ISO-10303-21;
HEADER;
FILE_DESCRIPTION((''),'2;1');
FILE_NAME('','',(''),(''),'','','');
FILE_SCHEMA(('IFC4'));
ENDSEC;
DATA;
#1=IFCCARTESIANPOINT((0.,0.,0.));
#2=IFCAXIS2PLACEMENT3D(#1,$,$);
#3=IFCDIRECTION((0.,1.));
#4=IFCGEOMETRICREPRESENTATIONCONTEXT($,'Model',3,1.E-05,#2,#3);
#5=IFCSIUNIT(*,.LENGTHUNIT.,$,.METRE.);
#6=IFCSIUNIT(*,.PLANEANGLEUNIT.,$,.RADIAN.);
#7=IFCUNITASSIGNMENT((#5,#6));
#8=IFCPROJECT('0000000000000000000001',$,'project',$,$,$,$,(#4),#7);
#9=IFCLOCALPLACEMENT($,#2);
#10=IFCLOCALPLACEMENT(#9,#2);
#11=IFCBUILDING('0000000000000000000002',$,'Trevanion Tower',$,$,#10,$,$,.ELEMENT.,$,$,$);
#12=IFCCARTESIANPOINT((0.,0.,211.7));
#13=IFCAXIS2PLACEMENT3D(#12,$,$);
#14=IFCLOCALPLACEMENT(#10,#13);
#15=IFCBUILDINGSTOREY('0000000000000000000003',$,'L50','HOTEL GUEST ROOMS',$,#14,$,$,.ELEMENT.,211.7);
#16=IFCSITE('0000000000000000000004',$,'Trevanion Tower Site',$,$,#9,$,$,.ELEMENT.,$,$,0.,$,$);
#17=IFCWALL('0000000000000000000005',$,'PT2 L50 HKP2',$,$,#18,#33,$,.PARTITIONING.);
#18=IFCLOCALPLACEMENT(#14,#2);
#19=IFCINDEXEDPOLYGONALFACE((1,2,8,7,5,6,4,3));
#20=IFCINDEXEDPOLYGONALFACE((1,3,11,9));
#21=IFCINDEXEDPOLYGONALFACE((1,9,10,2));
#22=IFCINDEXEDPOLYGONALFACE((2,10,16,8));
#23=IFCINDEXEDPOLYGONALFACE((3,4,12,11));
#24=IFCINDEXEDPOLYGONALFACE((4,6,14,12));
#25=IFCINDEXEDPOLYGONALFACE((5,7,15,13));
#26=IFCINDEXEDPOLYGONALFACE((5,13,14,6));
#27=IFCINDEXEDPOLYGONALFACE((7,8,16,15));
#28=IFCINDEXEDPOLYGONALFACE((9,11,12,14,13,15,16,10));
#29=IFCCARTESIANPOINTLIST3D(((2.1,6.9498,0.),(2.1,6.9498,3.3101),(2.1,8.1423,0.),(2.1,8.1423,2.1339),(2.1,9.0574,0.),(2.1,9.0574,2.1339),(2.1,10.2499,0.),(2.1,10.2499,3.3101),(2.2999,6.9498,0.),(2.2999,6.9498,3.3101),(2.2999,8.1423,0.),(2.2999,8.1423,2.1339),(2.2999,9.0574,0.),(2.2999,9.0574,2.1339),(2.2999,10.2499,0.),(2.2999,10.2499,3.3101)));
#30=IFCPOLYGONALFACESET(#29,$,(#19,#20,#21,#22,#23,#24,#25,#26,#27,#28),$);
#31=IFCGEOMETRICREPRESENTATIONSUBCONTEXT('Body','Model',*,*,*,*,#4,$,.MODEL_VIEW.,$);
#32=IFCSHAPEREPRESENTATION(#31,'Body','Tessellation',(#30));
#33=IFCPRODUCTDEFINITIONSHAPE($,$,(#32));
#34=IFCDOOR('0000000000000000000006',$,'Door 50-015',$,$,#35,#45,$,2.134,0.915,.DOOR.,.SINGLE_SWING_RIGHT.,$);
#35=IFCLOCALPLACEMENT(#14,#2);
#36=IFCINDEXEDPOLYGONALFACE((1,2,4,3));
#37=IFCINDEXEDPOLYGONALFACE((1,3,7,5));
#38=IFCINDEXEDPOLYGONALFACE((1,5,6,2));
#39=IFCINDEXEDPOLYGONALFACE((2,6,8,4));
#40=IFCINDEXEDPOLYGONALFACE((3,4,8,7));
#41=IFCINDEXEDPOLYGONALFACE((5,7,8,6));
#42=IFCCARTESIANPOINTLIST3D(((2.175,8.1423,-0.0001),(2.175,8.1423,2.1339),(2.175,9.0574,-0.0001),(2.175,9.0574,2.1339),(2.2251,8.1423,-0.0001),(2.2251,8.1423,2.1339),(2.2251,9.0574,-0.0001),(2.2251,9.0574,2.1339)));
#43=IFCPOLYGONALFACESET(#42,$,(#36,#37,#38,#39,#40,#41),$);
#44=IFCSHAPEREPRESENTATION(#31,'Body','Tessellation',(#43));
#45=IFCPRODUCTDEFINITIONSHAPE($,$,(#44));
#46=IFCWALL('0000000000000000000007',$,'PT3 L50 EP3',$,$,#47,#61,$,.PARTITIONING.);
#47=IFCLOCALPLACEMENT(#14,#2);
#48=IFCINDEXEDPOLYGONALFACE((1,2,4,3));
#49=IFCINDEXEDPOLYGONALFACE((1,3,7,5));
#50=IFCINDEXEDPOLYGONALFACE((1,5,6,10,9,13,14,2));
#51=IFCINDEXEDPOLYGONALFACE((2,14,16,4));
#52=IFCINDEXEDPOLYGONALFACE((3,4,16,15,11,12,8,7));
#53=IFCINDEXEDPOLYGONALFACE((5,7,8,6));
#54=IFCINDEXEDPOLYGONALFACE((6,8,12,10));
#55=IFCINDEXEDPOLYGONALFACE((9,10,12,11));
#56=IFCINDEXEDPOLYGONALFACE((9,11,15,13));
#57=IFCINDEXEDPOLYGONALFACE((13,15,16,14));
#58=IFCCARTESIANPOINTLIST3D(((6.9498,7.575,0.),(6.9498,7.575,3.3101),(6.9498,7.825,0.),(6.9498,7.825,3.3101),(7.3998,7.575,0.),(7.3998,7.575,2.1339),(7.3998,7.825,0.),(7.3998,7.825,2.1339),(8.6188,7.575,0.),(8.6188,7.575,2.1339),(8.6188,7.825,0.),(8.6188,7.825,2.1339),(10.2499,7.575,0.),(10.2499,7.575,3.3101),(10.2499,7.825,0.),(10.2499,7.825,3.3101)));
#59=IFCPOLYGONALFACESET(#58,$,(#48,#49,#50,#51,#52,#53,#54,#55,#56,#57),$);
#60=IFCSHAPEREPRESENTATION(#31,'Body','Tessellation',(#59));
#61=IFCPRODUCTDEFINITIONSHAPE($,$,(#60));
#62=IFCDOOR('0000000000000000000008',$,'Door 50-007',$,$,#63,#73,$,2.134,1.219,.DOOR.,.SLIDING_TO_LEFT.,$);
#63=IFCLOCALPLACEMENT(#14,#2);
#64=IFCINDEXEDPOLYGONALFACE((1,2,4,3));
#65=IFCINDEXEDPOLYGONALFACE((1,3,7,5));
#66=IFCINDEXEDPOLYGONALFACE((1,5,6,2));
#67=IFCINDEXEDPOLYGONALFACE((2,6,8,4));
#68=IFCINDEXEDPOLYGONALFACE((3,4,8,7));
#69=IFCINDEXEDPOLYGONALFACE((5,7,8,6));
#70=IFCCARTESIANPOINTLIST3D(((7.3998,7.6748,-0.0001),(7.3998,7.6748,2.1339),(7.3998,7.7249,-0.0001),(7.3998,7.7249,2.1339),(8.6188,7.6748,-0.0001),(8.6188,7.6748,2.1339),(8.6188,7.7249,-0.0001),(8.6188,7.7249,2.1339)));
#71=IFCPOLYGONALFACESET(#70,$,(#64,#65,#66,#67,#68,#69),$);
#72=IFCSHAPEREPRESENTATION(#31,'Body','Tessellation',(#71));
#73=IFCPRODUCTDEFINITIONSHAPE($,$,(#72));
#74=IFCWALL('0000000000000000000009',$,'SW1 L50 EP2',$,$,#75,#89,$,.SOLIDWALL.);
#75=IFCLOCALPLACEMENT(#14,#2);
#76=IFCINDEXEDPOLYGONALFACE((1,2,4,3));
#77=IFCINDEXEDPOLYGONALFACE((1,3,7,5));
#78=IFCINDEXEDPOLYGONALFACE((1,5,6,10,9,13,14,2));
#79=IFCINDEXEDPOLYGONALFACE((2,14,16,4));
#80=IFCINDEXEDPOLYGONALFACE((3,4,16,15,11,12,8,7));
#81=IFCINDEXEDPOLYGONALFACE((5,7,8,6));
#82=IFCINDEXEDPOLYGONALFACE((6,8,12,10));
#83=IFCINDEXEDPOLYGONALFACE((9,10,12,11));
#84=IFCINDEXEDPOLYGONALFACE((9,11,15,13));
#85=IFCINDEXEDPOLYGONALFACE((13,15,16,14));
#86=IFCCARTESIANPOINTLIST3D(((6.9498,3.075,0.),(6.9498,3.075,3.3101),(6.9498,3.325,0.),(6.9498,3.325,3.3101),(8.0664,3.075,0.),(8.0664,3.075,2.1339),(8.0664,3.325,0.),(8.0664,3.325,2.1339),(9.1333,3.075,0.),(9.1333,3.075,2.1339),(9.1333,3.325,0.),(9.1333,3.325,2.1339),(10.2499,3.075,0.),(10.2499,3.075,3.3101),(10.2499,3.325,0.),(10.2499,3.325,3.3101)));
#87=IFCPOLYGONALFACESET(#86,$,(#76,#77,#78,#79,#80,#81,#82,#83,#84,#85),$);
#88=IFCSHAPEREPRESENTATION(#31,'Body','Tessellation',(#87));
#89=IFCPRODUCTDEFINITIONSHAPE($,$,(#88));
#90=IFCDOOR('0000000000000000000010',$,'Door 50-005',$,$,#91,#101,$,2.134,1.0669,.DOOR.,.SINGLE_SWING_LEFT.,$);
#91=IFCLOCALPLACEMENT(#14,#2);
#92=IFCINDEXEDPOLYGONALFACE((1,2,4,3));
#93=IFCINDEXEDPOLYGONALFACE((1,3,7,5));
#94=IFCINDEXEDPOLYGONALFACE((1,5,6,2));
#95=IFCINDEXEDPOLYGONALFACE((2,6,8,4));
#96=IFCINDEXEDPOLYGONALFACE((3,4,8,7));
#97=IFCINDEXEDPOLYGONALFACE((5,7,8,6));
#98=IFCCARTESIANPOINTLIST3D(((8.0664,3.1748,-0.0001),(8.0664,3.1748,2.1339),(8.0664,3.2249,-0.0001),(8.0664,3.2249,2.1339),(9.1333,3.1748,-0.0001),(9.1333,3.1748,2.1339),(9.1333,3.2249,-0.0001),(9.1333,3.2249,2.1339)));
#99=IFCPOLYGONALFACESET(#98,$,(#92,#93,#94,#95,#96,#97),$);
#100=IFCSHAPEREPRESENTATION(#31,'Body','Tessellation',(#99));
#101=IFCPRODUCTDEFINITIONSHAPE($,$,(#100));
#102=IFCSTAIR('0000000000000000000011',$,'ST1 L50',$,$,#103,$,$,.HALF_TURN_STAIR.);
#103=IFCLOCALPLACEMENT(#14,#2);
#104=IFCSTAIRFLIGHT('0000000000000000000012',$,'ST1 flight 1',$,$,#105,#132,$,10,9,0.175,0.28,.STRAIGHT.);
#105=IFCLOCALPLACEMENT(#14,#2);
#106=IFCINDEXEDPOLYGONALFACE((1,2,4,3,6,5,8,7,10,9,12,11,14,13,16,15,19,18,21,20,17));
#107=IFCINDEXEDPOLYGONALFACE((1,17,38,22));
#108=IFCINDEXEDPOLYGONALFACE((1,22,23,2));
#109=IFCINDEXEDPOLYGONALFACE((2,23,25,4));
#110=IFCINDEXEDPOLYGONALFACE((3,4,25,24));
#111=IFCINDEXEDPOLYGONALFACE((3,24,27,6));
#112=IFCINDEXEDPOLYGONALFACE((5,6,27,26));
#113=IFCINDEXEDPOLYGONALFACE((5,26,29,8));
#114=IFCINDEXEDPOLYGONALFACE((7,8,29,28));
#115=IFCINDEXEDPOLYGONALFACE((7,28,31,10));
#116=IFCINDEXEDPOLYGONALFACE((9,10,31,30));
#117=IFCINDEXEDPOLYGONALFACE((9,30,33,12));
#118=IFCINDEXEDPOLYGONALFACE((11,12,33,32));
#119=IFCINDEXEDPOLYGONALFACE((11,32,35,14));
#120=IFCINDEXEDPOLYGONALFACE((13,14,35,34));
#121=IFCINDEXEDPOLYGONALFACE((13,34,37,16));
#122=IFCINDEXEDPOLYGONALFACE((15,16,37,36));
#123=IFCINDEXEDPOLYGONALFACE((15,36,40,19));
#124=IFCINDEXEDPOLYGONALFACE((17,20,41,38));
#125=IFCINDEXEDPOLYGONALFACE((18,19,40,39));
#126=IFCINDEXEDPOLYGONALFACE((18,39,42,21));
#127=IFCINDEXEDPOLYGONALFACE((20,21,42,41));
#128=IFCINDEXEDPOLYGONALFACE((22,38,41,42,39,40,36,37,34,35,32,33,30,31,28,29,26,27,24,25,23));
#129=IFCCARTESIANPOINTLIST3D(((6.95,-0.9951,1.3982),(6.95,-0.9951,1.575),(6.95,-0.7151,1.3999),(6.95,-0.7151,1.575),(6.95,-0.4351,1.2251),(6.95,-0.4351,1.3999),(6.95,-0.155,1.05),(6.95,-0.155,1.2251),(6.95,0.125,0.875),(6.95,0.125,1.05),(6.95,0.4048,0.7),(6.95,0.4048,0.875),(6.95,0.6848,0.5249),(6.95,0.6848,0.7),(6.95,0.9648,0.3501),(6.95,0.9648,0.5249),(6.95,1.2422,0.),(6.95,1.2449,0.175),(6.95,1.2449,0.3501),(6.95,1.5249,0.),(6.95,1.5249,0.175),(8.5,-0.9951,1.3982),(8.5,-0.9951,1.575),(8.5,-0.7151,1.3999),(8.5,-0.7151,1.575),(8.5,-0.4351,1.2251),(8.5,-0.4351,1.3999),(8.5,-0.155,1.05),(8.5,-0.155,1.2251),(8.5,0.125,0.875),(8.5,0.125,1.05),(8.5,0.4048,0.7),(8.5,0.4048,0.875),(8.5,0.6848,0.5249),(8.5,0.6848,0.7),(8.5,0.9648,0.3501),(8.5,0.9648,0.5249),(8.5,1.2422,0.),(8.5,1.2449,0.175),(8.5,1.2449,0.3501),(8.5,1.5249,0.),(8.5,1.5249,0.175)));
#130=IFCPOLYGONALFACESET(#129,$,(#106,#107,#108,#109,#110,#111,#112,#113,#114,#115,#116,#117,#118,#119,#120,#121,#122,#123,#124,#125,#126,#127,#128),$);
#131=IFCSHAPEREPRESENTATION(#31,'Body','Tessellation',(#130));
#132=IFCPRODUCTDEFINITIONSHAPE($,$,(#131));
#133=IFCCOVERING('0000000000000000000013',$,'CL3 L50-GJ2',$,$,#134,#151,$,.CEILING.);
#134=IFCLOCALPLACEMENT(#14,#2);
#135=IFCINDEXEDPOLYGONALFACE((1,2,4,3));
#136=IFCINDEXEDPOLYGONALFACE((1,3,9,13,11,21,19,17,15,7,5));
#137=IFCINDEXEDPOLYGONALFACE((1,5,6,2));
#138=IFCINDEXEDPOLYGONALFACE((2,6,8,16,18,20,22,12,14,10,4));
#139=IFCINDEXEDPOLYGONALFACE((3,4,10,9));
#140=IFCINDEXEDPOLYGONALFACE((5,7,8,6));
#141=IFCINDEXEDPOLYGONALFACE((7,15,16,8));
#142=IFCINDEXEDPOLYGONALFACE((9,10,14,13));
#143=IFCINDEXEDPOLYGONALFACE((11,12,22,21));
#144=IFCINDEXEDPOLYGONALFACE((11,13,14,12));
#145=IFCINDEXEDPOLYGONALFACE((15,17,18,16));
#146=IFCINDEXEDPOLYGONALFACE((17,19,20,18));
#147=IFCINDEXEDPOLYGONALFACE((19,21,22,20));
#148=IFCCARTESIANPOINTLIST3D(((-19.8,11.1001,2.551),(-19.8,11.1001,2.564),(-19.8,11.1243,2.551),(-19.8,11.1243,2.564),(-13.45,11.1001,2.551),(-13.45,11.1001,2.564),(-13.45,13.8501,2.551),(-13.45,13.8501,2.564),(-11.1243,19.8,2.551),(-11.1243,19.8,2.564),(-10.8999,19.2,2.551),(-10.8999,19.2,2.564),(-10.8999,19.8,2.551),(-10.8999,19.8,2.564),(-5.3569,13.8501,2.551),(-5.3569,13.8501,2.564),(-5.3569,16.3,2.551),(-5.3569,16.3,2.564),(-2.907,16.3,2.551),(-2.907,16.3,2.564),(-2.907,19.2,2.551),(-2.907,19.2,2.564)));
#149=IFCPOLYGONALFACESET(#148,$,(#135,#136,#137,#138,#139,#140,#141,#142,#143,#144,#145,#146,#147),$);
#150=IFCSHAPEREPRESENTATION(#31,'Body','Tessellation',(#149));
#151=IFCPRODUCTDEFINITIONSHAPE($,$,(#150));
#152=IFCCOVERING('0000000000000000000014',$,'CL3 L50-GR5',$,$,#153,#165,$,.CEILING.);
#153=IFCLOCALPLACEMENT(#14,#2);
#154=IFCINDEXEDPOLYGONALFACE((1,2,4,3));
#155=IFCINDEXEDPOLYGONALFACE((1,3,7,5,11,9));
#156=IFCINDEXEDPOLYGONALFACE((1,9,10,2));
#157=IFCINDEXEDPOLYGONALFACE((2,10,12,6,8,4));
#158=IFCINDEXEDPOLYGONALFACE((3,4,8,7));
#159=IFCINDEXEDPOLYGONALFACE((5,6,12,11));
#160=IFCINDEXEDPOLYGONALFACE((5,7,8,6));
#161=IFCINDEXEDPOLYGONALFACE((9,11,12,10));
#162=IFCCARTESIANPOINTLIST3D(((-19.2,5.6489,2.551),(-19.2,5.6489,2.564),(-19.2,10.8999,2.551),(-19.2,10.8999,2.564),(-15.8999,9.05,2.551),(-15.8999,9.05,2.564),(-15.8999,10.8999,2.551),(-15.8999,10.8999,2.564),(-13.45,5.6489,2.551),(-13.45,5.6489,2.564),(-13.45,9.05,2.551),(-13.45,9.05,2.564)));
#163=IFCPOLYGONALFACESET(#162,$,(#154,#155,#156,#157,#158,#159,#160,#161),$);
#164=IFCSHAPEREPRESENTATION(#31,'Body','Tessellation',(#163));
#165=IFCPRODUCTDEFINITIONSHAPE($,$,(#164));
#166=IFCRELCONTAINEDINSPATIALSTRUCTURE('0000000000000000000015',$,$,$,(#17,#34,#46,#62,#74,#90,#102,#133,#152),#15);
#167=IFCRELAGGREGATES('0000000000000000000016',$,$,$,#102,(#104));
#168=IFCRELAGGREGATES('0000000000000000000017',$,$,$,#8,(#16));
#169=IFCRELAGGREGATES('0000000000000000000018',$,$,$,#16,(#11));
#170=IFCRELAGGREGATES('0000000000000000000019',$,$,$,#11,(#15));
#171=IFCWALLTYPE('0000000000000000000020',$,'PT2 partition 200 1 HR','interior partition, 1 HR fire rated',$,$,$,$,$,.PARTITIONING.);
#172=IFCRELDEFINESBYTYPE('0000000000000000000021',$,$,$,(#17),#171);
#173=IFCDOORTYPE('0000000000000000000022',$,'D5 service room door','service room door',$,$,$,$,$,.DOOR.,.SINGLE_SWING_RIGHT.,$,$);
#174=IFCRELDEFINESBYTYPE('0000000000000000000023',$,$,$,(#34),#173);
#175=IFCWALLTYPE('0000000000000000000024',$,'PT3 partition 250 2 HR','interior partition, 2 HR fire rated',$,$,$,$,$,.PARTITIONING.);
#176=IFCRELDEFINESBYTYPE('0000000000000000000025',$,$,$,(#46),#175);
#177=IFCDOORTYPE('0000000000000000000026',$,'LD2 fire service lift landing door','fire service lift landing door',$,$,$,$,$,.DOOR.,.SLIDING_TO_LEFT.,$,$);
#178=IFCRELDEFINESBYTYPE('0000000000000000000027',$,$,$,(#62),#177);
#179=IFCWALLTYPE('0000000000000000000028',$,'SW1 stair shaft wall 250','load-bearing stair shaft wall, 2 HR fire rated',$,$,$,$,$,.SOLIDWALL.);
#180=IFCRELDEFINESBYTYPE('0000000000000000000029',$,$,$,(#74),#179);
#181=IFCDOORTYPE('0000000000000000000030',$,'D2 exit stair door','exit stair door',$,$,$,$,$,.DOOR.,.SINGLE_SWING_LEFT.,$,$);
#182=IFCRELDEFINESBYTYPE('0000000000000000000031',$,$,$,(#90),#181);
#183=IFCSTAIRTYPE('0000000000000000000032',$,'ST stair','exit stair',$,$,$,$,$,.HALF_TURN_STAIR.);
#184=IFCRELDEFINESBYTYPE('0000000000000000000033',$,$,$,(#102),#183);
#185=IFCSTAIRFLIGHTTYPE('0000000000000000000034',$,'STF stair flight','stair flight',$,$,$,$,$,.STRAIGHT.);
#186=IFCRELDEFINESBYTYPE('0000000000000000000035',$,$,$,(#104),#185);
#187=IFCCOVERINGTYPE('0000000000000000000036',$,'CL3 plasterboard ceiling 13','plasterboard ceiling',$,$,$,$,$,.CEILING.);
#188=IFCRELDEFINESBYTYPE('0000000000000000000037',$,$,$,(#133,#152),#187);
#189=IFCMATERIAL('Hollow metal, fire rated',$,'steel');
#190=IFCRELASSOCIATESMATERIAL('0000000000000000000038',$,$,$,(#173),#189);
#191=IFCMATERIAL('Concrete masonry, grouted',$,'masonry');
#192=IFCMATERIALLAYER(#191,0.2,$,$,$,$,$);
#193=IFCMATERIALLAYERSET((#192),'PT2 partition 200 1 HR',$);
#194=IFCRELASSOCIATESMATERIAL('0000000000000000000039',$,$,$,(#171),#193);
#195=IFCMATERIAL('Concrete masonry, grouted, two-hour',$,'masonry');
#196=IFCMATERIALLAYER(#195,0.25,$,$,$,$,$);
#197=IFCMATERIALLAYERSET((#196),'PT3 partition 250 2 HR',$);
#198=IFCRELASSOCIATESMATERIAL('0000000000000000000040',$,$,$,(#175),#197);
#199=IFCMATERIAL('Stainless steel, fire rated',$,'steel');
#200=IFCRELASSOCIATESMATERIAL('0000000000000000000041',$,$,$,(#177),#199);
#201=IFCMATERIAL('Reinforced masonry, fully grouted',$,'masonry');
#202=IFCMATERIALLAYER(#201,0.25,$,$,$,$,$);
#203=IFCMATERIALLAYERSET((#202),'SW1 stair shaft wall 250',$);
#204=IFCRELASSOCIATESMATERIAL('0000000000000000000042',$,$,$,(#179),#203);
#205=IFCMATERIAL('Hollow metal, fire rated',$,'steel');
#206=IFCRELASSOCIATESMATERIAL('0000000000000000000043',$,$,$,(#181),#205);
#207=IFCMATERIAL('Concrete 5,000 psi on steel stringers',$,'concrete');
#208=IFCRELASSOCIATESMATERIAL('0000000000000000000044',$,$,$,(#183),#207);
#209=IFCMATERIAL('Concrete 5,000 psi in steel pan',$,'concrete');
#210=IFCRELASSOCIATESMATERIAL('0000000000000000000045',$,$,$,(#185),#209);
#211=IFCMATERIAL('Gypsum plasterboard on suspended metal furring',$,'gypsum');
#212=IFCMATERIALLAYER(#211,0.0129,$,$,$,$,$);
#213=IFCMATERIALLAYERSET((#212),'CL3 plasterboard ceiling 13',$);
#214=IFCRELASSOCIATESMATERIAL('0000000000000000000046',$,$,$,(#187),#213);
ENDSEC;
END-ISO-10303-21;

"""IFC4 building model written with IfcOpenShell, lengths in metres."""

from ifc_helpers import new_model, si_unit, direction, frame, frame_2d, origin, place, context, subcontext, project, spatial, polyline, rectangle, outline, extrude, material, layer, layer_set, type_object, element, fill, aggregate, save


model = new_model("IFC4")

# Units and contexts
model_context = context("Model", 3, precision=1e-05, world=origin(), true_north=direction((0.0, 1.0)))
body_context = subcontext(model_context, "Body", "Model", "MODEL_VIEW")
ifc_project = project(units=[si_unit("LENGTHUNIT", "METRE"), si_unit("PLANEANGLEUNIT", "RADIAN")], contexts=[model_context])

# Site, building, storey
site_placement = place(None, origin())
site = spatial("IfcSite", under=ifc_project, at=site_placement, Name="Trevanion Tower Site", CompositionType="ELEMENT", RefElevation=0.0)
building_placement = place(site_placement, origin())
building = spatial("IfcBuilding", under=site, at=building_placement, Name="Trevanion Tower", CompositionType="ELEMENT")
storey_placement = place(building_placement, frame((0.0, 0.0, 211.7)))
storey = spatial("IfcBuildingStorey", under=building, at=storey_placement, Name="L50", Description="HOTEL GUEST ROOMS", CompositionType="ELEMENT", Elevation=211.7)

# Shared definitions
ifc_material_1 = material(Name="Hollow metal, fire rated", Category="steel")
door_type_1 = type_object("IfcDoorType", Name="D5 service room door", Description="service room door", OperationType="SINGLE_SWING_RIGHT", PredefinedType="DOOR", material=ifc_material_1)

# Walls, openings, doors
ifc_material_2 = material(Name="Concrete masonry, grouted", Category="masonry")
ifc_layer_1 = layer(ifc_material_2, 0.2)
ifc_layer_set_1 = layer_set([ifc_layer_1], Name="PT2 partition 200 1 HR")
wall_type_1 = type_object("IfcWallType", Name="PT2 partition 200 1 HR", Description="interior partition, 1 HR fire rated", PredefinedType="PARTITIONING", material=ifc_layer_set_1)
wall_1_placement = place(storey_placement, frame((2.2, 6.95, 0.0), z_axis=(0.0, 0.0, 1.0), x_axis=(0.0, 1.0, 0.0)))
wall_1 = element("IfcWall", 1, at=wall_1_placement, inside=storey, type_object=wall_type_1, Name="PT2 L50 HKP2", PredefinedType="PARTITIONING", context=body_context, shape_type="SweptSolid", body=[
    extrude(rectangle(XDim=3.3, YDim=0.2, at=frame_2d((1.6499, 0.0))), origin(), (0.0, 0.0, 1.0), 3.3101),
])
opening_1_placement = place(wall_1_placement, frame((1.1924, 0.0, 0.0)))
opening_1 = element("IfcOpeningElement", 2, at=opening_1_placement, cuts=wall_1, PredefinedType="OPENING", context=body_context, shape_type="SweptSolid", body=[
    extrude(rectangle(XDim=0.915, YDim=2.134, at=frame_2d((0.4575, 1.0669))), frame((0.0, 0.1099, 0.0), z_axis=(0.0, -1.0, 0.0), x_axis=(1.0, 0.0, 0.0)), (0.0, 0.0, 1.0), 0.22),
])
door_1_placement = place(opening_1_placement, origin())
door_1 = element("IfcDoor", 3, at=door_1_placement, inside=storey, type_object=door_type_1, Name="Door 50-015", OperationType="SINGLE_SWING_RIGHT", OverallHeight=2.134, OverallWidth=0.915, PredefinedType="DOOR", context=body_context, shape_type="SweptSolid", body=[
    extrude(rectangle(XDim=0.915, YDim=2.134, at=frame_2d((0.4575, 1.0669))), frame((0.0, 0.0249, 0.0), z_axis=(0.0, -1.0, 0.0), x_axis=(1.0, 0.0, 0.0)), (0.0, 0.0, 1.0), 0.05),
])
fill(opening_1, door_1)
ifc_material_3 = material(Name="Concrete masonry, grouted, two-hour", Category="masonry")
ifc_layer_2 = layer(ifc_material_3, 0.25)
ifc_layer_set_2 = layer_set([ifc_layer_2], Name="PT3 partition 250 2 HR")
wall_type_2 = type_object("IfcWallType", Name="PT3 partition 250 2 HR", Description="interior partition, 2 HR fire rated", PredefinedType="PARTITIONING", material=ifc_layer_set_2)
wall_2_placement = place(storey_placement, frame((6.95, 7.7, 0.0), z_axis=(0.0, 0.0, 1.0), x_axis=(1.0, 0.0, 0.0)))
wall_2 = element("IfcWall", 4, at=wall_2_placement, inside=storey, type_object=wall_type_2, Name="PT3 L50 EP3", PredefinedType="PARTITIONING", context=body_context, shape_type="SweptSolid", body=[
    extrude(rectangle(XDim=3.3, YDim=0.25, at=frame_2d((1.6499, 0.0))), origin(), (0.0, 0.0, 1.0), 3.3101),
])
opening_2_placement = place(wall_2_placement, frame((0.45, 0.0, 0.0)))
opening_2 = element("IfcOpeningElement", 5, at=opening_2_placement, cuts=wall_2, PredefinedType="OPENING", context=body_context, shape_type="SweptSolid", body=[
    extrude(rectangle(XDim=1.219, YDim=2.134, at=frame_2d((0.6094, 1.0669))), frame((0.0, 0.135, 0.0), z_axis=(0.0, -1.0, 0.0), x_axis=(1.0, 0.0, 0.0)), (0.0, 0.0, 1.0), 0.27),
])
ifc_material_4 = material(Name="Stainless steel, fire rated", Category="steel")
door_type_2 = type_object("IfcDoorType", Name="LD2 fire service lift landing door", Description="fire service lift landing door", OperationType="SLIDING_TO_LEFT", PredefinedType="DOOR", material=ifc_material_4)
door_2_placement = place(opening_2_placement, origin())
door_2 = element("IfcDoor", 6, at=door_2_placement, inside=storey, type_object=door_type_2, Name="Door 50-007", OperationType="SLIDING_TO_LEFT", OverallHeight=2.134, OverallWidth=1.219, PredefinedType="DOOR", context=body_context, shape_type="SweptSolid", body=[
    extrude(rectangle(XDim=1.219, YDim=2.134, at=frame_2d((0.6094, 1.0669))), frame((0.0, 0.0249, 0.0), z_axis=(0.0, -1.0, 0.0), x_axis=(1.0, 0.0, 0.0)), (0.0, 0.0, 1.0), 0.05),
])
fill(opening_2, door_2)
ifc_material_5 = material(Name="Reinforced masonry, fully grouted", Category="masonry")
ifc_layer_3 = layer(ifc_material_5, 0.25)
ifc_layer_set_3 = layer_set([ifc_layer_3], Name="SW1 stair shaft wall 250")
wall_type_3 = type_object("IfcWallType", Name="SW1 stair shaft wall 250", Description="load-bearing stair shaft wall, 2 HR fire rated", PredefinedType="SOLIDWALL", material=ifc_layer_set_3)
wall_3_placement = place(storey_placement, frame((6.95, 3.2, 0.0), z_axis=(0.0, 0.0, 1.0), x_axis=(1.0, 0.0, 0.0)))
wall_3 = element("IfcWall", 7, at=wall_3_placement, inside=storey, type_object=wall_type_3, Name="SW1 L50 EP2", PredefinedType="SOLIDWALL", context=body_context, shape_type="SweptSolid", body=[
    extrude(rectangle(XDim=3.3, YDim=0.25, at=frame_2d((1.6499, 0.0))), origin(), (0.0, 0.0, 1.0), 3.3101),
])
opening_3_placement = place(wall_3_placement, frame((1.1165, 0.0, 0.0)))
opening_3 = element("IfcOpeningElement", 8, at=opening_3_placement, cuts=wall_3, PredefinedType="OPENING", context=body_context, shape_type="SweptSolid", body=[
    extrude(rectangle(XDim=1.0669, YDim=2.134, at=frame_2d((0.5334, 1.0669))), frame((0.0, 0.135, 0.0), z_axis=(0.0, -1.0, 0.0), x_axis=(1.0, 0.0, 0.0)), (0.0, 0.0, 1.0), 0.27),
])
ifc_material_6 = material(Name="Hollow metal, fire rated", Category="steel")
door_type_3 = type_object("IfcDoorType", Name="D2 exit stair door", Description="exit stair door", OperationType="SINGLE_SWING_LEFT", PredefinedType="DOOR", material=ifc_material_6)
door_3_placement = place(opening_3_placement, origin())
door_3 = element("IfcDoor", 9, at=door_3_placement, inside=storey, type_object=door_type_3, Name="Door 50-005", OperationType="SINGLE_SWING_LEFT", OverallHeight=2.134, OverallWidth=1.0669, PredefinedType="DOOR", context=body_context, shape_type="SweptSolid", body=[
    extrude(rectangle(XDim=1.0669, YDim=2.134, at=frame_2d((0.5334, 1.0669))), frame((0.0, 0.0249, 0.0), z_axis=(0.0, -1.0, 0.0), x_axis=(1.0, 0.0, 0.0)), (0.0, 0.0, 1.0), 0.05),
])
fill(opening_3, door_3)

# Stair, stair flight
ifc_material_7 = material(Name="Concrete 5,000 psi on steel stringers", Category="concrete")
stair_type = type_object("IfcStairType", Name="ST stair", Description="exit stair", PredefinedType="HALF_TURN_STAIR", material=ifc_material_7)
stair_placement = place(storey_placement, origin())
stair = element("IfcStair", 10, at=stair_placement, inside=storey, type_object=stair_type, Name="ST1 L50", PredefinedType="HALF_TURN_STAIR")
ifc_material_8 = material(Name="Concrete 5,000 psi in steel pan", Category="concrete")
stair_flight_type = type_object("IfcStairFlightType", Name="STF stair flight", Description="stair flight", PredefinedType="STRAIGHT", material=ifc_material_8)
stair_flight_placement = place(storey_placement, frame((7.7251, 1.5249, 0.0), z_axis=(0.0, 0.0, 1.0), x_axis=(0.0, -1.0, 0.0)))
stair_flight = element("IfcStairFlight", 11, at=stair_flight_placement, type_object=stair_flight_type, Name="ST1 flight 1", NumberOfRisers=10, NumberOfTreads=9, PredefinedType="STRAIGHT", RiserHeight=0.175, TreadLength=0.28, context=body_context, shape_type="SweptSolid", body=[
    extrude(outline(polyline([(0.0, 0.0), (0.0, 0.175), (0.28, 0.175), (0.28, 0.3501), (0.5601, 0.3501), (0.5601, 0.5249), (0.8401, 0.5249), (0.8401, 0.7), (1.1201, 0.7), (1.1201, 0.875), (1.3999, 0.875), (1.3999, 1.05), (1.6799, 1.05), (1.6799, 1.2251), (1.96, 1.2251), (1.96, 1.3999), (2.24, 1.3999), (2.24, 1.575), (2.52, 1.575), (2.52, 1.75), (2.52, 1.3982), (0.2827, 0.0), (0.0, 0.0)])), frame((0.0, 0.7749, 0.0), z_axis=(0.0, -1.0, 0.0), x_axis=(1.0, 0.0, 0.0)), (0.0, 0.0, 1.0), 1.55),
])
aggregate(stair, [stair_flight])

# Coverings
ifc_material_9 = material(Name="Gypsum plasterboard on suspended metal furring", Category="gypsum")
ifc_layer_4 = layer(ifc_material_9, 0.0129)
ifc_layer_set_4 = layer_set([ifc_layer_4], Name="CL3 plasterboard ceiling 13")
covering_type_1 = type_object("IfcCoveringType", Name="CL3 plasterboard ceiling 13", Description="plasterboard ceiling", PredefinedType="CEILING", material=ifc_layer_set_4)
covering_1_placement = place(storey_placement, frame((0.0, 0.0, 2.551)))
element("IfcCovering", 12, at=covering_1_placement, inside=storey, type_object=covering_type_1, Name="CL3 L50-GJ2", PredefinedType="CEILING", context=body_context, shape_type="SweptSolid", body=[
    extrude(outline(polyline([(-13.45, 11.1001), (-19.8, 11.1001), (-19.8, 11.1243), (-11.1243, 19.8), (-10.8999, 19.8), (-10.8999, 19.2), (-2.907, 19.2), (-2.907, 16.3), (-5.3569, 16.3), (-5.3569, 13.8501), (-13.45, 13.8501), (-13.45, 11.1001)])), origin(), (0.0, 0.0, 1.0), 0.0129),
])
covering_2_placement = place(storey_placement, frame((0.0, 0.0, 2.551)))
element("IfcCovering", 13, at=covering_2_placement, inside=storey, type_object=covering_type_1, Name="CL3 L50-GR5", PredefinedType="CEILING", context=body_context, shape_type="SweptSolid", body=[
    extrude(outline(polyline([(-13.45, 5.6489), (-19.2, 5.6489), (-19.2, 10.8999), (-15.8999, 10.8999), (-15.8999, 9.05), (-13.45, 9.05), (-13.45, 5.6489)])), origin(), (0.0, 0.0, 1.0), 0.0129),
])

save(model, "model.ifc")
